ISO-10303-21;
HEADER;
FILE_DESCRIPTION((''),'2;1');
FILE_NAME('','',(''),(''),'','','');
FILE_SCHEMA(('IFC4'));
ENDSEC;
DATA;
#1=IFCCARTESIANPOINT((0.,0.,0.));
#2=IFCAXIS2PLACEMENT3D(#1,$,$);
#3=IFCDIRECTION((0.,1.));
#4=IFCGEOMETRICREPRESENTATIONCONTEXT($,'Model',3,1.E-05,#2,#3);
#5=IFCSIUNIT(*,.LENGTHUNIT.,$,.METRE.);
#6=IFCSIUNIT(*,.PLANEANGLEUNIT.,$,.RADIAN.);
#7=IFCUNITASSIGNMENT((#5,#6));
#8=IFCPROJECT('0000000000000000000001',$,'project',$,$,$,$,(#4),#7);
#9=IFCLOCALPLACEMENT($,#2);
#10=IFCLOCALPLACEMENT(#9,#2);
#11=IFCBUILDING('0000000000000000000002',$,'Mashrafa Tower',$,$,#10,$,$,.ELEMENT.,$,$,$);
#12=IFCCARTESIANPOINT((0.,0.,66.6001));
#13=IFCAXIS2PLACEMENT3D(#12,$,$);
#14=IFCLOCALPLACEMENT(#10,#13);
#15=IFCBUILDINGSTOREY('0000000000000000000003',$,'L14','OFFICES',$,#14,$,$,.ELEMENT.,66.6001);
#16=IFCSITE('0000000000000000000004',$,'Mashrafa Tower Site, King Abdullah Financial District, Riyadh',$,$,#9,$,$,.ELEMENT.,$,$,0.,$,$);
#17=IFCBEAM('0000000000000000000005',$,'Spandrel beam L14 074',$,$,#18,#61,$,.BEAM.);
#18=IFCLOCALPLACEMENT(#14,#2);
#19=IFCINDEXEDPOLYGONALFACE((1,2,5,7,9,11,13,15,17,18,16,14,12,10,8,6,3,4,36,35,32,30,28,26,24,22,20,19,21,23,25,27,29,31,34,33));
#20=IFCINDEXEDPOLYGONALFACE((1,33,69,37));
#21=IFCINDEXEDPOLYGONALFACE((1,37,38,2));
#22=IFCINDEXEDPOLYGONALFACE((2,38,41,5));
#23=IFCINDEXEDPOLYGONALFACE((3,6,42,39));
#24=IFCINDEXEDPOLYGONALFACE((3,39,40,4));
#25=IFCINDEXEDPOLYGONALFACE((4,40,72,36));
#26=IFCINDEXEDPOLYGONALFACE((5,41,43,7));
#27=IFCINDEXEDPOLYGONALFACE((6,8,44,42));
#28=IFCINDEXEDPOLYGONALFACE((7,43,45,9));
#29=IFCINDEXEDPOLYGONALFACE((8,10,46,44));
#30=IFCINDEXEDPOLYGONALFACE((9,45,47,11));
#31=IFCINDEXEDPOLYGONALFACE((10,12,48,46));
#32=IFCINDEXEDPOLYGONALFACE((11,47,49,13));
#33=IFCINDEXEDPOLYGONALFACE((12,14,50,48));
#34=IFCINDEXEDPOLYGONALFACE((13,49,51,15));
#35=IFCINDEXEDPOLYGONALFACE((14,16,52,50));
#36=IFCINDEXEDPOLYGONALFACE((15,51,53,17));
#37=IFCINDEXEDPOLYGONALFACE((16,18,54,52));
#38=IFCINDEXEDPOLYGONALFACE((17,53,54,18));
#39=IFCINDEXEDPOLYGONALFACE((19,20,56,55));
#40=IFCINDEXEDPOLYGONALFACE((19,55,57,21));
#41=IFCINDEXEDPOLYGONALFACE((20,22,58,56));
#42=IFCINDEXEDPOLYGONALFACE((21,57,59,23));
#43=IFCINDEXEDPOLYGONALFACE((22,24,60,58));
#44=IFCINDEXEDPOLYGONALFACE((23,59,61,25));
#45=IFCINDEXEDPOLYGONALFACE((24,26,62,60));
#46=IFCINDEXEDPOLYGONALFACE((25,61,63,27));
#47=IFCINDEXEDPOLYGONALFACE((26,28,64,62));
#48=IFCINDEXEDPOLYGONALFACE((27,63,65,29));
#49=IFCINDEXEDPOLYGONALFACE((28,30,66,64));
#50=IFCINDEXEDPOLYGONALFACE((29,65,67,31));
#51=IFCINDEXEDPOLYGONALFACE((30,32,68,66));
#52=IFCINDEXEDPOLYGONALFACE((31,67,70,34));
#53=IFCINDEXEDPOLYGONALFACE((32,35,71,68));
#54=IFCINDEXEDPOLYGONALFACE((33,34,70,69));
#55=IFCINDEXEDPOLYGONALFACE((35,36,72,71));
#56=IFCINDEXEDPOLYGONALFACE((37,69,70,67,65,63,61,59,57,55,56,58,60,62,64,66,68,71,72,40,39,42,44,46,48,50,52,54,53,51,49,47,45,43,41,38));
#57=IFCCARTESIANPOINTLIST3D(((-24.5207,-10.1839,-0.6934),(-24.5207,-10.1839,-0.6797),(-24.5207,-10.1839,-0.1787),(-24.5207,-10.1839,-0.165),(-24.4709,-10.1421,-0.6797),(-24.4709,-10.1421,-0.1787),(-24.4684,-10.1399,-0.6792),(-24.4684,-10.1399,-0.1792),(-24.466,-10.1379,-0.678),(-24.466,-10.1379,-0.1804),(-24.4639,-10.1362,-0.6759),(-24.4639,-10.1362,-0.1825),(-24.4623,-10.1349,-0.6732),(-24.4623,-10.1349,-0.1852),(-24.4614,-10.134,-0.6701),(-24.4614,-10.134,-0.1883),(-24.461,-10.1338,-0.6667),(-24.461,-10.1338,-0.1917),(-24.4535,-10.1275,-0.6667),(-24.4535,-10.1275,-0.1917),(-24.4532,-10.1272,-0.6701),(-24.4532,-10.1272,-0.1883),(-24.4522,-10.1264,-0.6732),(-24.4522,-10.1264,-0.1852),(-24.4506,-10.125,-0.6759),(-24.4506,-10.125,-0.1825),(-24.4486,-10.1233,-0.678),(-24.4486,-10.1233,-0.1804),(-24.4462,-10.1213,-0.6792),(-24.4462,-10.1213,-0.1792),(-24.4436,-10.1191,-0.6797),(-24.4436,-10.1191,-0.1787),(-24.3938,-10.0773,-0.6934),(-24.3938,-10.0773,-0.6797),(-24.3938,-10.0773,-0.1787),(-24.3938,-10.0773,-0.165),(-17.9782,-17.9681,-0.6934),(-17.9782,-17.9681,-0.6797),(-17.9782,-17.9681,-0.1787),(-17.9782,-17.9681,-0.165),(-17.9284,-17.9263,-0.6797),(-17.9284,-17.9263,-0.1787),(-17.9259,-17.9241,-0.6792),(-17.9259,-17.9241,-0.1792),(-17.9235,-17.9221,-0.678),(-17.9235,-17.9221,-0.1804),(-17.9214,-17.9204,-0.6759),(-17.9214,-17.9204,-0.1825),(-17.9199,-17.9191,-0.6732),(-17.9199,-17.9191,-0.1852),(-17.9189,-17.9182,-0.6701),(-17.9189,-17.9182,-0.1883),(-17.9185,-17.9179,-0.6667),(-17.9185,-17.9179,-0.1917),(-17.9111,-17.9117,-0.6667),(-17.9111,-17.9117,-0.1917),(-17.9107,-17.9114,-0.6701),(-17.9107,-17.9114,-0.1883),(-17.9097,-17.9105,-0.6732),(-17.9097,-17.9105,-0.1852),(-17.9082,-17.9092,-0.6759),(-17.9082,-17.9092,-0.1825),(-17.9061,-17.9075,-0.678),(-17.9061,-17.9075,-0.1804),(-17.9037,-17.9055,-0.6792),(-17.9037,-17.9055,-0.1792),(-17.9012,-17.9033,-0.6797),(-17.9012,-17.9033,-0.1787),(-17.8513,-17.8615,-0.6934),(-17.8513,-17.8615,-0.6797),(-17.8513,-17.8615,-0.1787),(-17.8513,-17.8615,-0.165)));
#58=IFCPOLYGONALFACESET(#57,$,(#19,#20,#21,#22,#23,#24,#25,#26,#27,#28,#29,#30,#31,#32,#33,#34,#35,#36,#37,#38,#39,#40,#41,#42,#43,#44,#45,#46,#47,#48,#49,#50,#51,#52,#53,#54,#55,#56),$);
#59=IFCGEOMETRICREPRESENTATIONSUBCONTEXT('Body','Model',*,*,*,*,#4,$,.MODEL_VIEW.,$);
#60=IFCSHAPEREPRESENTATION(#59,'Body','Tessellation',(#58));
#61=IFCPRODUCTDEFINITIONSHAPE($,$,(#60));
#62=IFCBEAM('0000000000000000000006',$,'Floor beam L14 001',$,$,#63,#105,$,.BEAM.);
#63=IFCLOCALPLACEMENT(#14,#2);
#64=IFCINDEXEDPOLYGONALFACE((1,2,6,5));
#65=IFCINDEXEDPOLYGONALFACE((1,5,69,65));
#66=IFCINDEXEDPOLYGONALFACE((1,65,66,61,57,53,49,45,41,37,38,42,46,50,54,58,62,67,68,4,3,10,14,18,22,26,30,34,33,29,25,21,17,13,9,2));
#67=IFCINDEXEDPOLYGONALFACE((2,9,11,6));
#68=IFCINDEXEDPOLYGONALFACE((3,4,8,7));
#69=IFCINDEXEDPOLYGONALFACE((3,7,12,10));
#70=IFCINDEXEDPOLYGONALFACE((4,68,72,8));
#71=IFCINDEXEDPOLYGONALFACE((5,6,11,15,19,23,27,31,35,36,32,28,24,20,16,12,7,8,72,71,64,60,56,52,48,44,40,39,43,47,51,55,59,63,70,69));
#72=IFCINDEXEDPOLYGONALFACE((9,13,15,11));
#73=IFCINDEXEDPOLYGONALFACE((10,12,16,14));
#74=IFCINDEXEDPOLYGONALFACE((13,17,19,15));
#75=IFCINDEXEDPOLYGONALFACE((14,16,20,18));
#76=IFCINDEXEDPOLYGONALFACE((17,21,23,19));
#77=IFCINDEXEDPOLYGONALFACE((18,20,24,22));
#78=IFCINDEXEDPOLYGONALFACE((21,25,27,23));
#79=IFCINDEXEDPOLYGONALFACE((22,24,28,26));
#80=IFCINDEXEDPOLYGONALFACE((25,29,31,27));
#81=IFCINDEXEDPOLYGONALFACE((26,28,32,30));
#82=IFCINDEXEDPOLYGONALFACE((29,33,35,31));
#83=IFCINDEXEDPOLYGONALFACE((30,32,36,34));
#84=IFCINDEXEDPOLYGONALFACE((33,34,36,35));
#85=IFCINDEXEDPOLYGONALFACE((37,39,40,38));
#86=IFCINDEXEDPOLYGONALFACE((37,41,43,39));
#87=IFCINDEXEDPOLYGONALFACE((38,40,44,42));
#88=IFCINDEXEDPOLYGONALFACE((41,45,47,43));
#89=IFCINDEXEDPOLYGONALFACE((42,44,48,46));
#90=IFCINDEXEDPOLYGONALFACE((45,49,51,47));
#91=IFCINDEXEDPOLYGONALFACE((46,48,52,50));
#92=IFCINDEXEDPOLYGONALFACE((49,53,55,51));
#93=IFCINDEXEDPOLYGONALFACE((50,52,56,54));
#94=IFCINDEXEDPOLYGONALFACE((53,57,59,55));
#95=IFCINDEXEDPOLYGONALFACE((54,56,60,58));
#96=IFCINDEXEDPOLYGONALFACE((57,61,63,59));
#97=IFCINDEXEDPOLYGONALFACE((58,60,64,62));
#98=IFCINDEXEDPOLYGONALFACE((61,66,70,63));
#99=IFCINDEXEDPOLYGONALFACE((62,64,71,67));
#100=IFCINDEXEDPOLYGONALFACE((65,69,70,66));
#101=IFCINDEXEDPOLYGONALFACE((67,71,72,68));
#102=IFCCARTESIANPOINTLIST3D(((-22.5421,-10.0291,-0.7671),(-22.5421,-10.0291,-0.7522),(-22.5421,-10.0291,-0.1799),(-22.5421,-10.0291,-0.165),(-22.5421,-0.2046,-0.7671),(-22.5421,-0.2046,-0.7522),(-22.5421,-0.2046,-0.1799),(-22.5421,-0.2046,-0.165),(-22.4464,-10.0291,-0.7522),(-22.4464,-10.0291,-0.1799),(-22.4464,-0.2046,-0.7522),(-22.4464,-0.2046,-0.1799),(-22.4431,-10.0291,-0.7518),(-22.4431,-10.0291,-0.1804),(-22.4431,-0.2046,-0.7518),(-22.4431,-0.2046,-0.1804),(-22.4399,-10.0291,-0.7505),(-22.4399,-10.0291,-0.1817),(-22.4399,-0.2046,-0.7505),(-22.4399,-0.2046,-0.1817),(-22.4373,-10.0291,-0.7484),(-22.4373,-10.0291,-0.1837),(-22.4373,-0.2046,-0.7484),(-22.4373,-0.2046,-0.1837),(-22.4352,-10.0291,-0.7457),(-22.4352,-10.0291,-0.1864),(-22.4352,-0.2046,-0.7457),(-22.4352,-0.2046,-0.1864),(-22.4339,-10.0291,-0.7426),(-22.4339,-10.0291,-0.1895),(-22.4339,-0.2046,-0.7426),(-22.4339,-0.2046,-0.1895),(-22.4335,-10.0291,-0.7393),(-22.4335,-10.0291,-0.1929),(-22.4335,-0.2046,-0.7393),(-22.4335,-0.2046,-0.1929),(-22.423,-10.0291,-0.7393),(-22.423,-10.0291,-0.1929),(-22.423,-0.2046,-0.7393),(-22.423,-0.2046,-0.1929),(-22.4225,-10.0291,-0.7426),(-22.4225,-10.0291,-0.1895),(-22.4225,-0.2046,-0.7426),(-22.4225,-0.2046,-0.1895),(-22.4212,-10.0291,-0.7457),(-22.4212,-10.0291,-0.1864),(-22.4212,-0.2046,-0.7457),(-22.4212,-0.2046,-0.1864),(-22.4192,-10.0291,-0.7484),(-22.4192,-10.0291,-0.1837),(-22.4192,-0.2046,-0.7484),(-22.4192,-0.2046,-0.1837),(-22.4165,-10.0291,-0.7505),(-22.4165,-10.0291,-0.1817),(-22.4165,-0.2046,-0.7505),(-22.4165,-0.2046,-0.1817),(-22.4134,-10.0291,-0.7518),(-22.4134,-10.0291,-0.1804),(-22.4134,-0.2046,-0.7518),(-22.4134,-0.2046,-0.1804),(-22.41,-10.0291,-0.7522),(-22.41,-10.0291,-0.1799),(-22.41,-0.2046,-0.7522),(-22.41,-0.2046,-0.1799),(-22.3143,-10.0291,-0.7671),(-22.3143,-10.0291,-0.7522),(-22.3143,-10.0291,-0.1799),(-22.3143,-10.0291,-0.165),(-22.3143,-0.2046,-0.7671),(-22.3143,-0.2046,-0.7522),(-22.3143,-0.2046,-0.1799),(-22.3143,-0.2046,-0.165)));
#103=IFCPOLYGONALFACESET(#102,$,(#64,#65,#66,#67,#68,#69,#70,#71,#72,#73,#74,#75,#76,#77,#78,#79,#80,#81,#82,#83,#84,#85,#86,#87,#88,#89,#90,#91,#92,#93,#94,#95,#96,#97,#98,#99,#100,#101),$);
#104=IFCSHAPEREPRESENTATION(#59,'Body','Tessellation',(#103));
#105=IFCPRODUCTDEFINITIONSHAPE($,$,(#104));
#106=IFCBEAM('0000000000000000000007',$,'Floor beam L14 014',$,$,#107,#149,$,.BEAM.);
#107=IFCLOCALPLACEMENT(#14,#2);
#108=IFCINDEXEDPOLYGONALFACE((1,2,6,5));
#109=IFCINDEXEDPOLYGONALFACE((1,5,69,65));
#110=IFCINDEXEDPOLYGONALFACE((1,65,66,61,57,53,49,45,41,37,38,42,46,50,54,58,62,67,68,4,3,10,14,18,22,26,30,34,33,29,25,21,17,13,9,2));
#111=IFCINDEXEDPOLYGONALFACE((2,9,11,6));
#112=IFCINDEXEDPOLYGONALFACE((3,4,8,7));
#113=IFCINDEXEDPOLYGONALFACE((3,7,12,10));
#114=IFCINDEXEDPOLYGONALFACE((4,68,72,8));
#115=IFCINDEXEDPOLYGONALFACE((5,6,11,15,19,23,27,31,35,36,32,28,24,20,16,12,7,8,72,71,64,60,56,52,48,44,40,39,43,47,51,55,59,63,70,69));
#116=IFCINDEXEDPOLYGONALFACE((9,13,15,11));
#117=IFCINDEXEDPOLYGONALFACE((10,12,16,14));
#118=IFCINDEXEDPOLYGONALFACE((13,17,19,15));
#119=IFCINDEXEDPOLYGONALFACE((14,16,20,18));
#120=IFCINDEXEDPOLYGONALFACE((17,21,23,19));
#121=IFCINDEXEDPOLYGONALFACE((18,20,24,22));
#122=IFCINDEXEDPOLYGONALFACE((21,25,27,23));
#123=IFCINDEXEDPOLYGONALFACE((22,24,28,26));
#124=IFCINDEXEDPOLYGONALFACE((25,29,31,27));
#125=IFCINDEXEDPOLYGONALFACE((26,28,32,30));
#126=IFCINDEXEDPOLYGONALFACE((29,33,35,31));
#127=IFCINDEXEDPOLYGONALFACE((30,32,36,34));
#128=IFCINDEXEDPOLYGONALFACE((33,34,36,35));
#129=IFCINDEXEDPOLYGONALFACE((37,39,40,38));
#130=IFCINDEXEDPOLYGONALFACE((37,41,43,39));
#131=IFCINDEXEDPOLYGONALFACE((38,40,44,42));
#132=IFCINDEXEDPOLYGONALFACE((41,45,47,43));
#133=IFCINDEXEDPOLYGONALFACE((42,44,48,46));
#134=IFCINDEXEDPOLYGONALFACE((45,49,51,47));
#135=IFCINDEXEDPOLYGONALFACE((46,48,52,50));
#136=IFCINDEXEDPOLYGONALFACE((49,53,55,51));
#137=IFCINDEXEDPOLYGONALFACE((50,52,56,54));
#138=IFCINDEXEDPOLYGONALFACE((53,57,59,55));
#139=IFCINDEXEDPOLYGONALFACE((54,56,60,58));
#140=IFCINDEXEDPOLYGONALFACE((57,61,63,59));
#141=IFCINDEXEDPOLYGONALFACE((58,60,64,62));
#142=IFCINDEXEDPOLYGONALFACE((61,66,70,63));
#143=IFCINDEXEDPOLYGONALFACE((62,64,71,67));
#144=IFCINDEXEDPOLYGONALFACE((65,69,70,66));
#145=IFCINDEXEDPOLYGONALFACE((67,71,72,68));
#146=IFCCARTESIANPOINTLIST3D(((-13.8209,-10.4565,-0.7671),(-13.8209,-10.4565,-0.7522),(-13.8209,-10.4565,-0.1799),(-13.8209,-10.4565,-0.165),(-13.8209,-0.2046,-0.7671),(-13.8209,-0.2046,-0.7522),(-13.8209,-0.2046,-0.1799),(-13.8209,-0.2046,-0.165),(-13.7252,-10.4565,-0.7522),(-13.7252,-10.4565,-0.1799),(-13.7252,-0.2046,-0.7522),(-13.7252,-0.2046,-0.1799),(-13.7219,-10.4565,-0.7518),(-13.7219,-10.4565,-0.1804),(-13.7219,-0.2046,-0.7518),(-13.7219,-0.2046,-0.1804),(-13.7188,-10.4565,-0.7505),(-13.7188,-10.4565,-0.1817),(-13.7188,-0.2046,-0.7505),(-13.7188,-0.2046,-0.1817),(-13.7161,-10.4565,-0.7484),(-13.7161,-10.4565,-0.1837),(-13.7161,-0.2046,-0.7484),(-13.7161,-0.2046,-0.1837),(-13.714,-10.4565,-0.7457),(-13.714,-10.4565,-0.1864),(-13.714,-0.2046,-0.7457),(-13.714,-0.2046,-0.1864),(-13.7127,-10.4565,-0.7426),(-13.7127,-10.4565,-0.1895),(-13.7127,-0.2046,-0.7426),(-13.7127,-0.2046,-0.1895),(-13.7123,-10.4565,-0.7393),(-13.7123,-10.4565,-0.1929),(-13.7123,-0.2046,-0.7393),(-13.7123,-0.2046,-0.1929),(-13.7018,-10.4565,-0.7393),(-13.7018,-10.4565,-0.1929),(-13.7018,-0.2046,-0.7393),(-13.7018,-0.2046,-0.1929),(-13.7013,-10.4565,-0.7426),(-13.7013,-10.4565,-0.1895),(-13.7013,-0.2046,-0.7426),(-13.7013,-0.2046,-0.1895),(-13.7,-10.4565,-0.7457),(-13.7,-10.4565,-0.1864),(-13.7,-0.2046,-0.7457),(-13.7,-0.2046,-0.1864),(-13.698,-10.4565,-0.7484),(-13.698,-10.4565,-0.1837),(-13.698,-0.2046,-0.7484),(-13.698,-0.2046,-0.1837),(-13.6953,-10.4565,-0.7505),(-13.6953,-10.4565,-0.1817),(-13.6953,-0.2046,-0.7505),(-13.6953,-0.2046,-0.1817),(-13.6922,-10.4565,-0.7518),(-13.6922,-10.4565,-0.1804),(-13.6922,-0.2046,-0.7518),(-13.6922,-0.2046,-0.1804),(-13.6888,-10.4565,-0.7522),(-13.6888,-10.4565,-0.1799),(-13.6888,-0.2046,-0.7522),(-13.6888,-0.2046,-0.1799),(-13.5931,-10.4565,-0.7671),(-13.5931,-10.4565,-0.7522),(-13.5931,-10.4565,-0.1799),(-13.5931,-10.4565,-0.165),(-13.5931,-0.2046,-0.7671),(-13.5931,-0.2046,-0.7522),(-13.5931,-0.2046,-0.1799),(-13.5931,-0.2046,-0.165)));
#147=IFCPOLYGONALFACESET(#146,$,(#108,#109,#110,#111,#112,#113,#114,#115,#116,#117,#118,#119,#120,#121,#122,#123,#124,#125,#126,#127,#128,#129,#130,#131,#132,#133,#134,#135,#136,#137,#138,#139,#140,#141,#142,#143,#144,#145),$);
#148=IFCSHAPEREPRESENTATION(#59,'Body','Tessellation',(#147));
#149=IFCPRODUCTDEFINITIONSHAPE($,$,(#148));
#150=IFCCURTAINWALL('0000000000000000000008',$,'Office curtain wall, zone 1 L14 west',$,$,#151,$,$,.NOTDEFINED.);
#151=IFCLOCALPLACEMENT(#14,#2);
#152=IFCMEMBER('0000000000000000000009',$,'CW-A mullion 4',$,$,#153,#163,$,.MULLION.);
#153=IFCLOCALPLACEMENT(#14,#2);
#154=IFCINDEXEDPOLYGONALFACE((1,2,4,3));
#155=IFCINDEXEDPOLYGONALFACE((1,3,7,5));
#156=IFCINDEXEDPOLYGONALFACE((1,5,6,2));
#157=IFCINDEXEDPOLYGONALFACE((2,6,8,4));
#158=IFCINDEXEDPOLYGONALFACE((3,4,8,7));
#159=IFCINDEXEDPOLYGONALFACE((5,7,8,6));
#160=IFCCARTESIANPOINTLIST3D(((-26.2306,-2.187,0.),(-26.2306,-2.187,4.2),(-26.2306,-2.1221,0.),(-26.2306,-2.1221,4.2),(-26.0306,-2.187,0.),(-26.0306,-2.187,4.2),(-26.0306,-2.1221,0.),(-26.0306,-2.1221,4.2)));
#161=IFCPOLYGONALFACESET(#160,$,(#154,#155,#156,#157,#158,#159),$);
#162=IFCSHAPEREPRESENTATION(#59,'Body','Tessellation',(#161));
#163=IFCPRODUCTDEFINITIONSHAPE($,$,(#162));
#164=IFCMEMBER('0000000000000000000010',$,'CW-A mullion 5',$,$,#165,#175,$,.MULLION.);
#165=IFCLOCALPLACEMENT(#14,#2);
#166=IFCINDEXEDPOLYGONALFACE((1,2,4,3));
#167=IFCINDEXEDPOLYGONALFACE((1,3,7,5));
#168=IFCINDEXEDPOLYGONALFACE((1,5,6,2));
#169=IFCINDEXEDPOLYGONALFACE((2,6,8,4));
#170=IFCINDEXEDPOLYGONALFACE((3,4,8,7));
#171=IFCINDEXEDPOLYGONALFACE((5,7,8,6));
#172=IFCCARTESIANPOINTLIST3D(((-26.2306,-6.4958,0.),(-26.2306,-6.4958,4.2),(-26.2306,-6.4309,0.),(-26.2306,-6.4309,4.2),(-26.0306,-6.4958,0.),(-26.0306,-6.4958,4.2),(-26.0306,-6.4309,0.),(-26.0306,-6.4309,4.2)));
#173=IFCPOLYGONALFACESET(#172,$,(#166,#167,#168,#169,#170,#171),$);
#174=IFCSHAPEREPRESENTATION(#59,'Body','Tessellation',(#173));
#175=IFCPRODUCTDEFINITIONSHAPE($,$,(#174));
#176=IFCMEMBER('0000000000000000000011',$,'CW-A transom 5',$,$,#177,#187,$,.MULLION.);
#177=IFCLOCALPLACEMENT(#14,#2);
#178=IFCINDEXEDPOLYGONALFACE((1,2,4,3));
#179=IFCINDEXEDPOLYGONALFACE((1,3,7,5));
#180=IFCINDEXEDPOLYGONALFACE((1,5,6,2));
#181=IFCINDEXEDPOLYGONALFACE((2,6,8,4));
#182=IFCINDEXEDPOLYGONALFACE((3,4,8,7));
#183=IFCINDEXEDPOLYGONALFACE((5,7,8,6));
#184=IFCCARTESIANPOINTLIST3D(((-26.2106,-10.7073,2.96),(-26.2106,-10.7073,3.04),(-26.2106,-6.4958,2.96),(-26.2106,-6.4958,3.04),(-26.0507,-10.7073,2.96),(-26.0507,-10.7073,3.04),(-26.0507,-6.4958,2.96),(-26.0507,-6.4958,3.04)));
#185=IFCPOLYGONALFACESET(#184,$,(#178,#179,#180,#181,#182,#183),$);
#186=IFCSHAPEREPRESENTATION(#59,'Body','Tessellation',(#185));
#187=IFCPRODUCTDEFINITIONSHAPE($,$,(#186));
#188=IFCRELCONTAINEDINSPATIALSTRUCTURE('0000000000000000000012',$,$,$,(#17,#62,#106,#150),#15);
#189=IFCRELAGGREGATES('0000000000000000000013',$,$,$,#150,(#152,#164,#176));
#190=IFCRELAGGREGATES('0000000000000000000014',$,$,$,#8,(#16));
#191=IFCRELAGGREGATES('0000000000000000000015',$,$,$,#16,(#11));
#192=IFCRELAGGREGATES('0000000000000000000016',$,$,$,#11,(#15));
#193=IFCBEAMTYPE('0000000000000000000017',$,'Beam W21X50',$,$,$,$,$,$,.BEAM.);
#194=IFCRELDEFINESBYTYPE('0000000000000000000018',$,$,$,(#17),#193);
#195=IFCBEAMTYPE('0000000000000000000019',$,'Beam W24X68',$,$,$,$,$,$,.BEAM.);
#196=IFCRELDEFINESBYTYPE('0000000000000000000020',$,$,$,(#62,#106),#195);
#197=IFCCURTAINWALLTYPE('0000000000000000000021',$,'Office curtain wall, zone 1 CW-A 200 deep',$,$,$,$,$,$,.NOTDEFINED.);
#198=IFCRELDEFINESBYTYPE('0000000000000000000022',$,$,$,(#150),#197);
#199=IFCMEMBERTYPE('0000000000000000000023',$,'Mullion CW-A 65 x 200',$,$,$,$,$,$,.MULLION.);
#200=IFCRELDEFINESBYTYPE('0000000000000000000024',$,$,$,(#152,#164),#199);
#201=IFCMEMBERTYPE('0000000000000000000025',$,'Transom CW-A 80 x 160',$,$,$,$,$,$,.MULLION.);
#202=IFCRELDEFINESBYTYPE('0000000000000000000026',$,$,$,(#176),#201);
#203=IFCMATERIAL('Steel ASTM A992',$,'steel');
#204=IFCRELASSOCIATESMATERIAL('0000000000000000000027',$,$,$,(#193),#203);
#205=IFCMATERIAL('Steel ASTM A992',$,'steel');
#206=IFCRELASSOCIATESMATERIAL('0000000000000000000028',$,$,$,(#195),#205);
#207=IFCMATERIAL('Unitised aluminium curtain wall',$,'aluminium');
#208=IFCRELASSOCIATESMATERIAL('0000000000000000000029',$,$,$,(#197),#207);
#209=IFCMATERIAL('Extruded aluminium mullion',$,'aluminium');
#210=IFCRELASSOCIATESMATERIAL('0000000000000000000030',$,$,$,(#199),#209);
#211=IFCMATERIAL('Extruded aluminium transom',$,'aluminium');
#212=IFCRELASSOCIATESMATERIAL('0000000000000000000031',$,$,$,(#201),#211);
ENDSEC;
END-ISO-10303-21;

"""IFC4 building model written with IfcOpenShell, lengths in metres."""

from ifc_helpers import new_model, si_unit, direction, frame, origin, origin_2d, place, context, subcontext, project, spatial, rectangle, i_section, extrude, source, transform, mapped, material, material_profile, profile_set, type_object, type_shapes, element, aggregate, save


model = new_model("IFC4")

# Units and contexts
model_context = context("Model", 3, precision=1e-05, world=origin(), true_north=direction((0.0, 1.0)))
body_context = subcontext(model_context, "Body", "Model", "MODEL_VIEW")
ifc_project = project(units=[si_unit("LENGTHUNIT", "METRE"), si_unit("PLANEANGLEUNIT", "RADIAN")], contexts=[model_context])

# Site, building, storey
site_placement = place(None, origin())
site = spatial("IfcSite", under=ifc_project, at=site_placement, Name="Mashrafa Tower Site, King Abdullah Financial District, Riyadh", CompositionType="ELEMENT", RefElevation=0.0)
building_placement = place(site_placement, origin())
building = spatial("IfcBuilding", under=site, at=building_placement, Name="Mashrafa Tower", CompositionType="ELEMENT")
storey_placement = place(building_placement, frame((0.0, 0.0, 66.6001)))
storey = spatial("IfcBuildingStorey", under=building, at=storey_placement, Name="L14", Description="OFFICES", CompositionType="ELEMENT", Elevation=66.6001)

# Beams
ifc_material_1 = material(Name="Steel ASTM A992", Category="steel")
ifc_material_profile_1 = material_profile(ifc_material_1, i_section(OverallWidth=0.1658, OverallDepth=0.5283, WebThickness=0.0098, FlangeThickness=0.0137, FilletRadius=0.0129, at=origin_2d()), Name="W21X50")
ifc_profile_set_1 = profile_set([ifc_material_profile_1], Name="Steel ASTM A992")
beam_type_1 = type_object("IfcBeamType", Name="Beam W21X50", PredefinedType="BEAM", material=ifc_profile_set_1)
beam_1_placement = place(storey_placement, frame((-24.4573, -10.1306, -0.4292), z_axis=(0.643409, -0.765522, 0.0), x_axis=(0.765522, 0.643409, 0.0)))
element("IfcBeam", 1, at=beam_1_placement, inside=storey, type_object=beam_type_1, Name="Spandrel beam L14 074", PredefinedType="BEAM", context=body_context, shape_type="SweptSolid", body=[
    extrude(i_section(OverallWidth=0.1658, OverallDepth=0.5283, WebThickness=0.0098, FlangeThickness=0.0137, FilletRadius=0.0129, at=origin_2d()), origin(), (0.0, 0.0, 1.0), 10.1685),
])
ifc_material_2 = material(Name="Steel ASTM A992", Category="steel")
ifc_material_profile_2 = material_profile(ifc_material_2, i_section(OverallWidth=0.2278, OverallDepth=0.6021, WebThickness=0.0105, FlangeThickness=0.0149, FilletRadius=0.0129, at=origin_2d()), Name="W24X68")
ifc_profile_set_2 = profile_set([ifc_material_profile_2], Name="Steel ASTM A992")
beam_type_2 = type_object("IfcBeamType", Name="Beam W24X68", PredefinedType="BEAM", material=ifc_profile_set_2)
beam_2_placement = place(storey_placement, frame((-22.4282, -10.0291, -0.4661), z_axis=(0.0, 1.0, 0.0), x_axis=(-1.0, 0.0, 0.0)))
element("IfcBeam", 2, at=beam_2_placement, inside=storey, type_object=beam_type_2, Name="Floor beam L14 001", PredefinedType="BEAM", context=body_context, shape_type="SweptSolid", body=[
    extrude(i_section(OverallWidth=0.2278, OverallDepth=0.6021, WebThickness=0.0105, FlangeThickness=0.0149, FilletRadius=0.0129, at=origin_2d()), origin(), (0.0, 0.0, 1.0), 9.8245),
])
beam_3_placement = place(storey_placement, frame((-13.707, -10.4565, -0.4661), z_axis=(0.0, 1.0, 0.0), x_axis=(-1.0, 0.0, 0.0)))
element("IfcBeam", 3, at=beam_3_placement, inside=storey, type_object=beam_type_2, Name="Floor beam L14 014", PredefinedType="BEAM", context=body_context, shape_type="SweptSolid", body=[
    extrude(i_section(OverallWidth=0.2278, OverallDepth=0.6021, WebThickness=0.0105, FlangeThickness=0.0149, FilletRadius=0.0129, at=origin_2d()), origin(), (0.0, 0.0, 1.0), 10.252),
])

# Curtain wall, members
ifc_material_3 = material(Name="Unitised aluminium curtain wall", Category="aluminium")
curtain_wall_type = type_object("IfcCurtainWallType", Name="Office curtain wall, zone 1 CW-A 200 deep", PredefinedType="NOTDEFINED", material=ifc_material_3)
curtain_wall_placement = place(storey_placement, origin())
curtain_wall = element("IfcCurtainWall", 4, at=curtain_wall_placement, inside=storey, type_object=curtain_wall_type, Name="Office curtain wall, zone 1 L14 west", PredefinedType="NOTDEFINED")
ifc_material_4 = material(Name="Extruded aluminium mullion", Category="aluminium")
ifc_material_profile_3 = material_profile(ifc_material_4, rectangle(XDim=0.2, YDim=0.0649, at=origin_2d()), Name="Mullion 65x200")
ifc_profile_set_3 = profile_set([ifc_material_profile_3], Name="Extruded aluminium mullion")
member_type_1 = type_object("IfcMemberType", Name="Mullion CW-A 65 x 200", PredefinedType="MULLION", material=ifc_profile_set_3)
shared_shape_1 = source(origin(), body_context, "Body", "SweptSolid", [
    extrude(rectangle(XDim=0.2, YDim=0.0649, at=origin_2d()), origin(), (0.0, 0.0, 1.0), 4.2),
])
type_shapes(member_type_1, [shared_shape_1])
member_1_placement = place(storey_placement, frame((-26.1306, -2.1545, 0.0), z_axis=(0.0, 0.0, 1.0), x_axis=(1.0, 0.0, 0.0)))
member_1 = element("IfcMember", 5, at=member_1_placement, type_object=member_type_1, Name="CW-A mullion 4", PredefinedType="MULLION", context=body_context, shape_type="MappedRepresentation", body=[
    mapped(shared_shape_1, transform((0.0, 0.0, 0.0))),
])
member_2_placement = place(storey_placement, frame((-26.1306, -6.4634, 0.0), z_axis=(0.0, 0.0, 1.0), x_axis=(1.0, 0.0, 0.0)))
member_2 = element("IfcMember", 6, at=member_2_placement, type_object=member_type_1, Name="CW-A mullion 5", PredefinedType="MULLION", context=body_context, shape_type="MappedRepresentation", body=[
    mapped(shared_shape_1, transform((0.0, 0.0, 0.0))),
])
ifc_material_5 = material(Name="Extruded aluminium transom", Category="aluminium")
ifc_material_profile_4 = material_profile(ifc_material_5, rectangle(XDim=0.1599, YDim=0.0801, at=origin_2d()), Name="Transom 80x160")
ifc_profile_set_4 = profile_set([ifc_material_profile_4], Name="Extruded aluminium transom")
member_type_2 = type_object("IfcMemberType", Name="Transom CW-A 80 x 160", PredefinedType="MULLION", material=ifc_profile_set_4)
shared_shape_2 = source(origin(), body_context, "Body", "SweptSolid", [
    extrude(rectangle(XDim=0.1599, YDim=0.0801, at=origin_2d()), origin(), (0.0, 0.0, 1.0), 4.2114),
])
member_3_placement = place(storey_placement, frame((-26.1306, -6.4958, 3.0), z_axis=(0.0, -1.0, 0.0), x_axis=(1.0, 0.0, 0.0)))
member_3 = element("IfcMember", 7, at=member_3_placement, type_object=member_type_2, Name="CW-A transom 5", PredefinedType="MULLION", context=body_context, shape_type="MappedRepresentation", body=[
    mapped(shared_shape_2, transform((0.0, 0.0, 0.0))),
])
aggregate(curtain_wall, [member_1, member_2, member_3])

save(model, "model.ifc")
